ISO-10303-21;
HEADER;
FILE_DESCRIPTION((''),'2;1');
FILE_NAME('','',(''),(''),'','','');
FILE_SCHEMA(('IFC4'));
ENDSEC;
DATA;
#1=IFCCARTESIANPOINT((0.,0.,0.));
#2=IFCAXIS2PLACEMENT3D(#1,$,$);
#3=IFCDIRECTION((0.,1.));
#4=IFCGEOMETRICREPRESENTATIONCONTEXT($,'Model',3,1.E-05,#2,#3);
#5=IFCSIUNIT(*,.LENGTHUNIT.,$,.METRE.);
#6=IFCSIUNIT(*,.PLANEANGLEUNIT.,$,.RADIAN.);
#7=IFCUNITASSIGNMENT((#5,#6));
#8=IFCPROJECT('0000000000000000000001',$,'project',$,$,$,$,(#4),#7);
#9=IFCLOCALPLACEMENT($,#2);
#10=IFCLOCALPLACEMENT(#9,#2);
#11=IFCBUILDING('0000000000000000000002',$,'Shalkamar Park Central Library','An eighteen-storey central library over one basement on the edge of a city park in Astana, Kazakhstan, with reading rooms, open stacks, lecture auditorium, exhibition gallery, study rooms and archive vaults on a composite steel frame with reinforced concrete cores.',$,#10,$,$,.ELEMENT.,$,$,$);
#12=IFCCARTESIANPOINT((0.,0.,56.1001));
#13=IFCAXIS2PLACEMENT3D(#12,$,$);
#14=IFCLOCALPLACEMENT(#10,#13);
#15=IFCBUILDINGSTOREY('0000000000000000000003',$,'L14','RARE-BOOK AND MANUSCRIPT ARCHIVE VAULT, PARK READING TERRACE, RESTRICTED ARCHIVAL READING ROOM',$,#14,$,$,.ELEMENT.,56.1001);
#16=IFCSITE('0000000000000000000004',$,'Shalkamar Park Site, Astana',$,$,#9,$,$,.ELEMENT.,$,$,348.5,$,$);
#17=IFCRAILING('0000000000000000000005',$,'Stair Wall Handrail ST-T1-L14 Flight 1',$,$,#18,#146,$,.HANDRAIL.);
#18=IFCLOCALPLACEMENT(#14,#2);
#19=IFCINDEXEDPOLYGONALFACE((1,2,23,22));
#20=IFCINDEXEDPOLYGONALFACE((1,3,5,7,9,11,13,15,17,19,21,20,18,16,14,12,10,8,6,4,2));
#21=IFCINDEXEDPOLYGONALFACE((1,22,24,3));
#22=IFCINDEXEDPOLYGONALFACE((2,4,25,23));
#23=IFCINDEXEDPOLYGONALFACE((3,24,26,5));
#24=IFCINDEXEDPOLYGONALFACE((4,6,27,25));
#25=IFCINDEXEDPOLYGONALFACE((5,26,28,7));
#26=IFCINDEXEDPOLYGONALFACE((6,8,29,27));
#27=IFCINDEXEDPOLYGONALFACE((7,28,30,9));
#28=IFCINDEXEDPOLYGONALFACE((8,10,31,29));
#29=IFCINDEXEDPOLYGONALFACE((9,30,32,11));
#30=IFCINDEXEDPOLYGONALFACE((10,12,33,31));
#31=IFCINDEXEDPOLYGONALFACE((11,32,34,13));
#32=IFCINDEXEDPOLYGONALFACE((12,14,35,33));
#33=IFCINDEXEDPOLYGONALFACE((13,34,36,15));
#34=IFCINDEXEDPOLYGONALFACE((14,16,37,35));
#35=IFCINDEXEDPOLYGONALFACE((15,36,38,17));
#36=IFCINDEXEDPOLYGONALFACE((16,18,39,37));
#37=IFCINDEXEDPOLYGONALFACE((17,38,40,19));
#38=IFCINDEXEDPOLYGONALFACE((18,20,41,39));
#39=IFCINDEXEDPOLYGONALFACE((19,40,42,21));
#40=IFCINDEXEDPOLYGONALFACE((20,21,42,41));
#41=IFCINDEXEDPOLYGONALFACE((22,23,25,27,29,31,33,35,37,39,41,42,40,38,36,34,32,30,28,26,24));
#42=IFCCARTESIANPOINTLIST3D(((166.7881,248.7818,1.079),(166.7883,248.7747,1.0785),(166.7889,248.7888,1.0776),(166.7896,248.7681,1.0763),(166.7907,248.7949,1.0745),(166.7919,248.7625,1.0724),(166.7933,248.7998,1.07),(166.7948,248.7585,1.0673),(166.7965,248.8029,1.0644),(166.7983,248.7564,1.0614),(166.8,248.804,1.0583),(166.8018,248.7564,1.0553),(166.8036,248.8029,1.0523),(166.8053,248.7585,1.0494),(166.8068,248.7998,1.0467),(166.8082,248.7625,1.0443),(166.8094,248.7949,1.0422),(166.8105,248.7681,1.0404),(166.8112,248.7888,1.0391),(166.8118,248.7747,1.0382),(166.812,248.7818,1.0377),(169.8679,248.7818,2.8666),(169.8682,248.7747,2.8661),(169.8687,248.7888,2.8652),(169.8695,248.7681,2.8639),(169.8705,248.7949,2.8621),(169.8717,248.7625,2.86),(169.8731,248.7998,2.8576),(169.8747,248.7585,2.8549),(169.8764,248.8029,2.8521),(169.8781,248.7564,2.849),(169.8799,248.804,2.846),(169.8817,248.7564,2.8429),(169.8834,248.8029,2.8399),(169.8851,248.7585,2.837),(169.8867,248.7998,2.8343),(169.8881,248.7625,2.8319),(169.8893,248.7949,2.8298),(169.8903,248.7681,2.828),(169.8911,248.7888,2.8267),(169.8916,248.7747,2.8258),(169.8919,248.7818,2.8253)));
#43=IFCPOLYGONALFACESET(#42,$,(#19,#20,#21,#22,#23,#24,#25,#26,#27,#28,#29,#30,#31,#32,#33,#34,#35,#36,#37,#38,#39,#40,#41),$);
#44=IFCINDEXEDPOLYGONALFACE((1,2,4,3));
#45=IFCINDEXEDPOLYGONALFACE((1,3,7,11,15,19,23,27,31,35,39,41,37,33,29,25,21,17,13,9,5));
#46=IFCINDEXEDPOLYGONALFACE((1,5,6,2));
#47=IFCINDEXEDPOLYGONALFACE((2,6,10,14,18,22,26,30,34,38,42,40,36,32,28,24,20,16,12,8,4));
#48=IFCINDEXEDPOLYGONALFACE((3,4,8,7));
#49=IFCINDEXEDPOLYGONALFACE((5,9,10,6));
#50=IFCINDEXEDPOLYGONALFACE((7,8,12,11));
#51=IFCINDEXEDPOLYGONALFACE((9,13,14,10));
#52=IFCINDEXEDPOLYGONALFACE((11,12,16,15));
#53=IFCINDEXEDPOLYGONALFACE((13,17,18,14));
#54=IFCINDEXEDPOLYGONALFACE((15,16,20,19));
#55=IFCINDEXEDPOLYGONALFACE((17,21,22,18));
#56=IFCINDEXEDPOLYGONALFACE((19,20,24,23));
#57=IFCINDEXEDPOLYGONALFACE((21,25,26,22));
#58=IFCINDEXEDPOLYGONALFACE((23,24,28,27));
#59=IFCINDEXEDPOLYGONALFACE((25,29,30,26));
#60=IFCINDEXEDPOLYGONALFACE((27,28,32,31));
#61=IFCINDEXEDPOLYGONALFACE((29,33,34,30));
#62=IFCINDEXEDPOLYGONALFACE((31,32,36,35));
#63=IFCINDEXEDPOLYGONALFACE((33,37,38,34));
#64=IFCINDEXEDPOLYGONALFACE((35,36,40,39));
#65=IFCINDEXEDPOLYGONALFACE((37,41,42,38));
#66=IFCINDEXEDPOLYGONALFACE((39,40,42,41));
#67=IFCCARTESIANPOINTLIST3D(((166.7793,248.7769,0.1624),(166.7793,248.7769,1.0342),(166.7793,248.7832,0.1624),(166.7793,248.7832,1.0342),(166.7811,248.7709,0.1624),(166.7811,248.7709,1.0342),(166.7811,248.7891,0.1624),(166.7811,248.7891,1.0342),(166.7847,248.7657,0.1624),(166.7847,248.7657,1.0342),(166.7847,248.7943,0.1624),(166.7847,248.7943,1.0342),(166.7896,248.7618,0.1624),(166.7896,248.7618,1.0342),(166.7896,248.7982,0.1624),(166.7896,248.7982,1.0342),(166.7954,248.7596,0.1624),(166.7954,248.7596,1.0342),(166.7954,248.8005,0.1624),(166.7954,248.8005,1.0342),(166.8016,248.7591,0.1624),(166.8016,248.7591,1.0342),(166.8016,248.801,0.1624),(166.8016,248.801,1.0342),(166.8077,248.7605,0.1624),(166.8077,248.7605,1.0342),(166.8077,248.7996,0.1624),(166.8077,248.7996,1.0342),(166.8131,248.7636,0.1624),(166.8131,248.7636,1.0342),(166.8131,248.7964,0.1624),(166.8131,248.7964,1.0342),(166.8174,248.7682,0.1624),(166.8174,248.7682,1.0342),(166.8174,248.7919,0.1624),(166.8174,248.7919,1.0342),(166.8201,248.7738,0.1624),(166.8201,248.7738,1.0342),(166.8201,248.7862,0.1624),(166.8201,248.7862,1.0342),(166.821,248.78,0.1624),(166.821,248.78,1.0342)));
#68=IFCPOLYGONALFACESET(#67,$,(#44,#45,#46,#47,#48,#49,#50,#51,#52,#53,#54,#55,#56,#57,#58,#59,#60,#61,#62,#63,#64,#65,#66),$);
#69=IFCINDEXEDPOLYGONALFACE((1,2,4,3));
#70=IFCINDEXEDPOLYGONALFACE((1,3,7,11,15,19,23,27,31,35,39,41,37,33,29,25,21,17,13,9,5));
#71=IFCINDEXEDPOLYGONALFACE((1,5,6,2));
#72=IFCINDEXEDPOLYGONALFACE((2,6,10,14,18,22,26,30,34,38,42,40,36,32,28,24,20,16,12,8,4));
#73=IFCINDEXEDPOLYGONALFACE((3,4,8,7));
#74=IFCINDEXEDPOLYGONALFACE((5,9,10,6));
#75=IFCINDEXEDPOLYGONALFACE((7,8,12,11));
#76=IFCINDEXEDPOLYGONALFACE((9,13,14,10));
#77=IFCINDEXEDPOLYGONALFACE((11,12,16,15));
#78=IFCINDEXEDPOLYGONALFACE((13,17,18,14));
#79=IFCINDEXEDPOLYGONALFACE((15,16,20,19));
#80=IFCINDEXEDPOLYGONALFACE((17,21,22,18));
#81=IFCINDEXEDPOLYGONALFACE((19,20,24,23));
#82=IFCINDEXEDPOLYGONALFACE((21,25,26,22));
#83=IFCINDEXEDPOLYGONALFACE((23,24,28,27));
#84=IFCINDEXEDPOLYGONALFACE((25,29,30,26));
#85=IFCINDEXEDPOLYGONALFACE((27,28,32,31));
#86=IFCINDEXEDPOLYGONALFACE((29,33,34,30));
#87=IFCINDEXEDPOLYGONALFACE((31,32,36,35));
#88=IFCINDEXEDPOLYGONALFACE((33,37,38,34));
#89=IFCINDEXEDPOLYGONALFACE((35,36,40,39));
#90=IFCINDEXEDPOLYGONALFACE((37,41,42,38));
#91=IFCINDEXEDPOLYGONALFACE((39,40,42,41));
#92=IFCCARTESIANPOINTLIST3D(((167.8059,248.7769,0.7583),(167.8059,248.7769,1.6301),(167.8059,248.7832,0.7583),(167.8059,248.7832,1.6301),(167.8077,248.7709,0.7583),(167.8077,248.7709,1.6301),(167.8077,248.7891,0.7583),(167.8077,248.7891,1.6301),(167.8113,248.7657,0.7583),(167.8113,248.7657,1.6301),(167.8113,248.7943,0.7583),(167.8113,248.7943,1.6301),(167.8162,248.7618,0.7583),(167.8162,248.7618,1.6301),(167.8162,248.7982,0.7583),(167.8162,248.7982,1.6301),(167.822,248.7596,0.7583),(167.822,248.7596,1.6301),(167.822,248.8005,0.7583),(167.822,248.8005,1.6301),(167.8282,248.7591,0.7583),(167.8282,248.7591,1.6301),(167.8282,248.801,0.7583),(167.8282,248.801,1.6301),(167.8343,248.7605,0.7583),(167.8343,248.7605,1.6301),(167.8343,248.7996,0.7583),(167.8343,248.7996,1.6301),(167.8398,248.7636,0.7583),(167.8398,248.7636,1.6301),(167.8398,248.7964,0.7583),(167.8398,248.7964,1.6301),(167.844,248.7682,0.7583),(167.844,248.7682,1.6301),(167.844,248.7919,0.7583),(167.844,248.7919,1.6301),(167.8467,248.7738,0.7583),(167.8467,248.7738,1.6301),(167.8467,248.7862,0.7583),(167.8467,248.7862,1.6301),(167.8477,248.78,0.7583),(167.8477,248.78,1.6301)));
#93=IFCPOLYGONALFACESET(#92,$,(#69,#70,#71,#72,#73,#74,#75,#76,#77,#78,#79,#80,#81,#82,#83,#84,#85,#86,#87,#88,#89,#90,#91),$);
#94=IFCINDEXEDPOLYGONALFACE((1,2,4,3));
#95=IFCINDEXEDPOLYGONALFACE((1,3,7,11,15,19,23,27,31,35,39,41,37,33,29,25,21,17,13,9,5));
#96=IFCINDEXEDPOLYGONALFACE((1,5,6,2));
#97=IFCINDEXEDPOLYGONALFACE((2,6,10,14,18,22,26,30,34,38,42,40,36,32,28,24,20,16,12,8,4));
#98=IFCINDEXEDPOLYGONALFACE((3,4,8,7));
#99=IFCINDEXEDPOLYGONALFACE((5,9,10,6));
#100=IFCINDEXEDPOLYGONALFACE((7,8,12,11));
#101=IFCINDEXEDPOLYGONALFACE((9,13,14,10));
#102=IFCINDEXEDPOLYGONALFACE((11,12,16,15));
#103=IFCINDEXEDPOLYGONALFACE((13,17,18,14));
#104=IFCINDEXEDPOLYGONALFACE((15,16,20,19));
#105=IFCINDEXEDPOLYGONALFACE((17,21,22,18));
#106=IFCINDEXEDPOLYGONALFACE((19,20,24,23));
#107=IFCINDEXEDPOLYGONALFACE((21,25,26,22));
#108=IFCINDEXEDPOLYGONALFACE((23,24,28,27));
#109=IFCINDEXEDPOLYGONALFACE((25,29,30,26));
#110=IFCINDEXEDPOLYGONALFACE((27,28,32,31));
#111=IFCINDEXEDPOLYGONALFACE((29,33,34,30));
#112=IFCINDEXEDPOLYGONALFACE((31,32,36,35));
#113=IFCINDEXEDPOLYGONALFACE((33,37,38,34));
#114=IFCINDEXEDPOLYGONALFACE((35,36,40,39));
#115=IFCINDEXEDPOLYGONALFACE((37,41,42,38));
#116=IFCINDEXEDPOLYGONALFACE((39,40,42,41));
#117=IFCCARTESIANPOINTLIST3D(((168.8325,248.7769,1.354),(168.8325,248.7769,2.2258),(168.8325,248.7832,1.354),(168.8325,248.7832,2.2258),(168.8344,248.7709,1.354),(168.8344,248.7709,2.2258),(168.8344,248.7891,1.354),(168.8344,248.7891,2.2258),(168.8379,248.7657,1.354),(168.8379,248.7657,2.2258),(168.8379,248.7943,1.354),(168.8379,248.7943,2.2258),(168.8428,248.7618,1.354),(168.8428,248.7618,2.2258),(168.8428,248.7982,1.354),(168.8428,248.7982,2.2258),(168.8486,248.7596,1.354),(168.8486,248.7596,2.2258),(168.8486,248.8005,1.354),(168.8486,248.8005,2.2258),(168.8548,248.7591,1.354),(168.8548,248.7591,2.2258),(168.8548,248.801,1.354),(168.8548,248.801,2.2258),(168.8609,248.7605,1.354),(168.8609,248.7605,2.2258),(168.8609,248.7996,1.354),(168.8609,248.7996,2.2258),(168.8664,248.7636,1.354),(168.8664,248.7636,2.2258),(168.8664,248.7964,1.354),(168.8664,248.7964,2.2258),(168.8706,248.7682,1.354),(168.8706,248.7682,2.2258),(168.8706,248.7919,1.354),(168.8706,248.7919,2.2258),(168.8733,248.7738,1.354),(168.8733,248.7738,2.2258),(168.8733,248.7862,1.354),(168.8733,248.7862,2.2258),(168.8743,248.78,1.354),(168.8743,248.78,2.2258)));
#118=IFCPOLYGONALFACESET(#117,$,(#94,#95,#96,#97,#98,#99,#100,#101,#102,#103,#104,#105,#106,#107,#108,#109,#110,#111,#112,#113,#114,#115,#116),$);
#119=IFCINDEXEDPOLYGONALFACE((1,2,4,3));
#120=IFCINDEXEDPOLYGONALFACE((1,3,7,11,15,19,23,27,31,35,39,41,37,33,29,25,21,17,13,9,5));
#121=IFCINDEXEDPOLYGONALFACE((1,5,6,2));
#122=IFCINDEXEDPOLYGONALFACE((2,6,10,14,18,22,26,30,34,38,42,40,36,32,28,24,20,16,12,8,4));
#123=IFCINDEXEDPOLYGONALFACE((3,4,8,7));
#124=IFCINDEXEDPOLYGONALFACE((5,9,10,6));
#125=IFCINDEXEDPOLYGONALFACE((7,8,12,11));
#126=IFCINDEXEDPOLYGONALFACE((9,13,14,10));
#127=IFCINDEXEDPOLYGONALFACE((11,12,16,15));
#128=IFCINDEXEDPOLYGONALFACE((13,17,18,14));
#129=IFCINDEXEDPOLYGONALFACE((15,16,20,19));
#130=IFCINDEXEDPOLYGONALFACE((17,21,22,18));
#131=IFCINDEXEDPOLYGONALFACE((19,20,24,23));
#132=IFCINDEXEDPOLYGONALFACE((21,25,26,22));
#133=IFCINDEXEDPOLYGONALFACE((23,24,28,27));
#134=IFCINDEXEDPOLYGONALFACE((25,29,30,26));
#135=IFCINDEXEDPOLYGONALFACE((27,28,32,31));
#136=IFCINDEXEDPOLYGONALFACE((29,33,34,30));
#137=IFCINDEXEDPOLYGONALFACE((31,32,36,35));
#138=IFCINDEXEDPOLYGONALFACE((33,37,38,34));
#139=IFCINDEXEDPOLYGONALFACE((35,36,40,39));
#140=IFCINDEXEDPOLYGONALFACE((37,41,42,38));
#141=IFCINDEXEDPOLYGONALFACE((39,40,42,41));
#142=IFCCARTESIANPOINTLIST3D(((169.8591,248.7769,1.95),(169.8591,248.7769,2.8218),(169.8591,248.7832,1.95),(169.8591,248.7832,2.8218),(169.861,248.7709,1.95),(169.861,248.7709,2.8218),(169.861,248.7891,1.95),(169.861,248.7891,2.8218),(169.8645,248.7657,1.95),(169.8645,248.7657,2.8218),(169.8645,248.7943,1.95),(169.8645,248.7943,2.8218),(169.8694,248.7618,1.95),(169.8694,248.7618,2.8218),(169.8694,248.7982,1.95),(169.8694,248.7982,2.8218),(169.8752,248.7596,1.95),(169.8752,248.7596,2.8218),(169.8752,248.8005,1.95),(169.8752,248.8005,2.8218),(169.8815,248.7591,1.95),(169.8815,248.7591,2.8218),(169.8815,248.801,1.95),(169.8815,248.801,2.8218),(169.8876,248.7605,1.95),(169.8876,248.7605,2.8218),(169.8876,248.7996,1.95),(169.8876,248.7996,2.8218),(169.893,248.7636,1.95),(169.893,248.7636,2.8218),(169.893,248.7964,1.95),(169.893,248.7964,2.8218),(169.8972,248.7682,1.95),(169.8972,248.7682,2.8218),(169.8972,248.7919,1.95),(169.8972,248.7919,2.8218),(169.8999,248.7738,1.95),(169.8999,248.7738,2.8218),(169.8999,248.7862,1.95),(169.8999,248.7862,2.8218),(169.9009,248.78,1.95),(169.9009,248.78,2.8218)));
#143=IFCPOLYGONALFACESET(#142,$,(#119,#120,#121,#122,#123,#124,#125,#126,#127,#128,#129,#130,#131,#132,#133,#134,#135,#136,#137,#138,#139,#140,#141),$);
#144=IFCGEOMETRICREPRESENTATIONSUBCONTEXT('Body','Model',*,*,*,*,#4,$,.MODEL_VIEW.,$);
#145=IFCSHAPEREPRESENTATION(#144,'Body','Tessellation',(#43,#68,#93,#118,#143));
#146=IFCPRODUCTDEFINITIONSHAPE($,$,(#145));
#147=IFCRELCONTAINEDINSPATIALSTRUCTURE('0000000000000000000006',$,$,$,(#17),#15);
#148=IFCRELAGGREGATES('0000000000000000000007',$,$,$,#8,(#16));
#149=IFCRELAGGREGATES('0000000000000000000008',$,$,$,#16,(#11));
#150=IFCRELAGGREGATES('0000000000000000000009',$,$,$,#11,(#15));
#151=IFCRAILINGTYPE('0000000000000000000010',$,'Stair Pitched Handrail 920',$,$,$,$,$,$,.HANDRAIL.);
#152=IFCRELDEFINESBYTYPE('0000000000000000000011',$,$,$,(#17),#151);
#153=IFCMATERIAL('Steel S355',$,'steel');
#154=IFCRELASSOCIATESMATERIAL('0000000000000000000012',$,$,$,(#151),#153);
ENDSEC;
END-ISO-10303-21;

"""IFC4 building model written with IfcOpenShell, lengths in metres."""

from ifc_helpers import new_model, si_unit, direction, frame, origin, origin_2d, place, context, subcontext, project, spatial, circle, extrude, material, type_object, element, save


model = new_model("IFC4")

# Units and contexts
model_context = context("Model", 3, precision=1e-05, world=origin(), true_north=direction((0.0, 1.0)))
body_context = subcontext(model_context, "Body", "Model", "MODEL_VIEW")
ifc_project = project(units=[si_unit("LENGTHUNIT", "METRE"), si_unit("PLANEANGLEUNIT", "RADIAN")], contexts=[model_context])

# Site, building, storey
site_placement = place(None, origin())
site = spatial("IfcSite", under=ifc_project, at=site_placement, Name="Shalkamar Park Site, Astana", CompositionType="ELEMENT", RefElevation=348.5)
building_placement = place(site_placement, origin())
building = spatial("IfcBuilding", under=site, at=building_placement, Name="Shalkamar Park Central Library", Description="An eighteen-storey central library over one basement on the edge of a city park in Astana, Kazakhstan, with reading rooms, open stacks, lecture auditorium, exhibition gallery, study rooms and archive vaults on a composite steel frame with reinforced concrete cores.", CompositionType="ELEMENT")
storey_placement = place(building_placement, frame((0.0, 0.0, 56.1001)))
storey = spatial("IfcBuildingStorey", under=building, at=storey_placement, Name="L14", Description="RARE-BOOK AND MANUSCRIPT ARCHIVE VAULT, PARK READING TERRACE, RESTRICTED ARCHIVAL READING ROOM", CompositionType="ELEMENT", Elevation=56.1001)

# Shared definitions
ifc_material_1 = material(Name="Steel S355", Category="steel")

# Railing
railing_type = type_object("IfcRailingType", Name="Stair Pitched Handrail 920", PredefinedType="HANDRAIL", material=ifc_material_1)
for number, where, name in (
    (1, (166.8, 248.78, 0.1624), "Stair Wall Handrail ST-T1-L14 Flight 1"),
):
    element("IfcRailing", number, at=place(storey_placement, frame(where)), inside=storey, type_object=railing_type, Name=name, PredefinedType="HANDRAIL", context=body_context, shape_type="SweptSolid", body=[
        extrude(circle(Radius=0.0239, at=origin_2d()), frame((0.0, 0.0, 0.896), z_axis=(0.864873, 0.0, 0.50199), x_axis=(0.0, 1.0, 0.0)), (0.0, 0.0, 1.0), 3.561),
        extrude(circle(Radius=0.021, at=origin_2d()), origin(), (0.0, 0.0, 1.0), 0.8718),
        extrude(circle(Radius=0.021, at=origin_2d()), frame((1.0266, 0.0, 0.5959)), (0.0, 0.0, 1.0), 0.8718),
        extrude(circle(Radius=0.021, at=origin_2d()), frame((2.0532, 0.0, 1.1917)), (0.0, 0.0, 1.0), 0.8718),
        extrude(circle(Radius=0.021, at=origin_2d()), frame((3.0798, 0.0, 1.7876)), (0.0, 0.0, 1.0), 0.8718),
    ])

save(model, "model.ifc")
